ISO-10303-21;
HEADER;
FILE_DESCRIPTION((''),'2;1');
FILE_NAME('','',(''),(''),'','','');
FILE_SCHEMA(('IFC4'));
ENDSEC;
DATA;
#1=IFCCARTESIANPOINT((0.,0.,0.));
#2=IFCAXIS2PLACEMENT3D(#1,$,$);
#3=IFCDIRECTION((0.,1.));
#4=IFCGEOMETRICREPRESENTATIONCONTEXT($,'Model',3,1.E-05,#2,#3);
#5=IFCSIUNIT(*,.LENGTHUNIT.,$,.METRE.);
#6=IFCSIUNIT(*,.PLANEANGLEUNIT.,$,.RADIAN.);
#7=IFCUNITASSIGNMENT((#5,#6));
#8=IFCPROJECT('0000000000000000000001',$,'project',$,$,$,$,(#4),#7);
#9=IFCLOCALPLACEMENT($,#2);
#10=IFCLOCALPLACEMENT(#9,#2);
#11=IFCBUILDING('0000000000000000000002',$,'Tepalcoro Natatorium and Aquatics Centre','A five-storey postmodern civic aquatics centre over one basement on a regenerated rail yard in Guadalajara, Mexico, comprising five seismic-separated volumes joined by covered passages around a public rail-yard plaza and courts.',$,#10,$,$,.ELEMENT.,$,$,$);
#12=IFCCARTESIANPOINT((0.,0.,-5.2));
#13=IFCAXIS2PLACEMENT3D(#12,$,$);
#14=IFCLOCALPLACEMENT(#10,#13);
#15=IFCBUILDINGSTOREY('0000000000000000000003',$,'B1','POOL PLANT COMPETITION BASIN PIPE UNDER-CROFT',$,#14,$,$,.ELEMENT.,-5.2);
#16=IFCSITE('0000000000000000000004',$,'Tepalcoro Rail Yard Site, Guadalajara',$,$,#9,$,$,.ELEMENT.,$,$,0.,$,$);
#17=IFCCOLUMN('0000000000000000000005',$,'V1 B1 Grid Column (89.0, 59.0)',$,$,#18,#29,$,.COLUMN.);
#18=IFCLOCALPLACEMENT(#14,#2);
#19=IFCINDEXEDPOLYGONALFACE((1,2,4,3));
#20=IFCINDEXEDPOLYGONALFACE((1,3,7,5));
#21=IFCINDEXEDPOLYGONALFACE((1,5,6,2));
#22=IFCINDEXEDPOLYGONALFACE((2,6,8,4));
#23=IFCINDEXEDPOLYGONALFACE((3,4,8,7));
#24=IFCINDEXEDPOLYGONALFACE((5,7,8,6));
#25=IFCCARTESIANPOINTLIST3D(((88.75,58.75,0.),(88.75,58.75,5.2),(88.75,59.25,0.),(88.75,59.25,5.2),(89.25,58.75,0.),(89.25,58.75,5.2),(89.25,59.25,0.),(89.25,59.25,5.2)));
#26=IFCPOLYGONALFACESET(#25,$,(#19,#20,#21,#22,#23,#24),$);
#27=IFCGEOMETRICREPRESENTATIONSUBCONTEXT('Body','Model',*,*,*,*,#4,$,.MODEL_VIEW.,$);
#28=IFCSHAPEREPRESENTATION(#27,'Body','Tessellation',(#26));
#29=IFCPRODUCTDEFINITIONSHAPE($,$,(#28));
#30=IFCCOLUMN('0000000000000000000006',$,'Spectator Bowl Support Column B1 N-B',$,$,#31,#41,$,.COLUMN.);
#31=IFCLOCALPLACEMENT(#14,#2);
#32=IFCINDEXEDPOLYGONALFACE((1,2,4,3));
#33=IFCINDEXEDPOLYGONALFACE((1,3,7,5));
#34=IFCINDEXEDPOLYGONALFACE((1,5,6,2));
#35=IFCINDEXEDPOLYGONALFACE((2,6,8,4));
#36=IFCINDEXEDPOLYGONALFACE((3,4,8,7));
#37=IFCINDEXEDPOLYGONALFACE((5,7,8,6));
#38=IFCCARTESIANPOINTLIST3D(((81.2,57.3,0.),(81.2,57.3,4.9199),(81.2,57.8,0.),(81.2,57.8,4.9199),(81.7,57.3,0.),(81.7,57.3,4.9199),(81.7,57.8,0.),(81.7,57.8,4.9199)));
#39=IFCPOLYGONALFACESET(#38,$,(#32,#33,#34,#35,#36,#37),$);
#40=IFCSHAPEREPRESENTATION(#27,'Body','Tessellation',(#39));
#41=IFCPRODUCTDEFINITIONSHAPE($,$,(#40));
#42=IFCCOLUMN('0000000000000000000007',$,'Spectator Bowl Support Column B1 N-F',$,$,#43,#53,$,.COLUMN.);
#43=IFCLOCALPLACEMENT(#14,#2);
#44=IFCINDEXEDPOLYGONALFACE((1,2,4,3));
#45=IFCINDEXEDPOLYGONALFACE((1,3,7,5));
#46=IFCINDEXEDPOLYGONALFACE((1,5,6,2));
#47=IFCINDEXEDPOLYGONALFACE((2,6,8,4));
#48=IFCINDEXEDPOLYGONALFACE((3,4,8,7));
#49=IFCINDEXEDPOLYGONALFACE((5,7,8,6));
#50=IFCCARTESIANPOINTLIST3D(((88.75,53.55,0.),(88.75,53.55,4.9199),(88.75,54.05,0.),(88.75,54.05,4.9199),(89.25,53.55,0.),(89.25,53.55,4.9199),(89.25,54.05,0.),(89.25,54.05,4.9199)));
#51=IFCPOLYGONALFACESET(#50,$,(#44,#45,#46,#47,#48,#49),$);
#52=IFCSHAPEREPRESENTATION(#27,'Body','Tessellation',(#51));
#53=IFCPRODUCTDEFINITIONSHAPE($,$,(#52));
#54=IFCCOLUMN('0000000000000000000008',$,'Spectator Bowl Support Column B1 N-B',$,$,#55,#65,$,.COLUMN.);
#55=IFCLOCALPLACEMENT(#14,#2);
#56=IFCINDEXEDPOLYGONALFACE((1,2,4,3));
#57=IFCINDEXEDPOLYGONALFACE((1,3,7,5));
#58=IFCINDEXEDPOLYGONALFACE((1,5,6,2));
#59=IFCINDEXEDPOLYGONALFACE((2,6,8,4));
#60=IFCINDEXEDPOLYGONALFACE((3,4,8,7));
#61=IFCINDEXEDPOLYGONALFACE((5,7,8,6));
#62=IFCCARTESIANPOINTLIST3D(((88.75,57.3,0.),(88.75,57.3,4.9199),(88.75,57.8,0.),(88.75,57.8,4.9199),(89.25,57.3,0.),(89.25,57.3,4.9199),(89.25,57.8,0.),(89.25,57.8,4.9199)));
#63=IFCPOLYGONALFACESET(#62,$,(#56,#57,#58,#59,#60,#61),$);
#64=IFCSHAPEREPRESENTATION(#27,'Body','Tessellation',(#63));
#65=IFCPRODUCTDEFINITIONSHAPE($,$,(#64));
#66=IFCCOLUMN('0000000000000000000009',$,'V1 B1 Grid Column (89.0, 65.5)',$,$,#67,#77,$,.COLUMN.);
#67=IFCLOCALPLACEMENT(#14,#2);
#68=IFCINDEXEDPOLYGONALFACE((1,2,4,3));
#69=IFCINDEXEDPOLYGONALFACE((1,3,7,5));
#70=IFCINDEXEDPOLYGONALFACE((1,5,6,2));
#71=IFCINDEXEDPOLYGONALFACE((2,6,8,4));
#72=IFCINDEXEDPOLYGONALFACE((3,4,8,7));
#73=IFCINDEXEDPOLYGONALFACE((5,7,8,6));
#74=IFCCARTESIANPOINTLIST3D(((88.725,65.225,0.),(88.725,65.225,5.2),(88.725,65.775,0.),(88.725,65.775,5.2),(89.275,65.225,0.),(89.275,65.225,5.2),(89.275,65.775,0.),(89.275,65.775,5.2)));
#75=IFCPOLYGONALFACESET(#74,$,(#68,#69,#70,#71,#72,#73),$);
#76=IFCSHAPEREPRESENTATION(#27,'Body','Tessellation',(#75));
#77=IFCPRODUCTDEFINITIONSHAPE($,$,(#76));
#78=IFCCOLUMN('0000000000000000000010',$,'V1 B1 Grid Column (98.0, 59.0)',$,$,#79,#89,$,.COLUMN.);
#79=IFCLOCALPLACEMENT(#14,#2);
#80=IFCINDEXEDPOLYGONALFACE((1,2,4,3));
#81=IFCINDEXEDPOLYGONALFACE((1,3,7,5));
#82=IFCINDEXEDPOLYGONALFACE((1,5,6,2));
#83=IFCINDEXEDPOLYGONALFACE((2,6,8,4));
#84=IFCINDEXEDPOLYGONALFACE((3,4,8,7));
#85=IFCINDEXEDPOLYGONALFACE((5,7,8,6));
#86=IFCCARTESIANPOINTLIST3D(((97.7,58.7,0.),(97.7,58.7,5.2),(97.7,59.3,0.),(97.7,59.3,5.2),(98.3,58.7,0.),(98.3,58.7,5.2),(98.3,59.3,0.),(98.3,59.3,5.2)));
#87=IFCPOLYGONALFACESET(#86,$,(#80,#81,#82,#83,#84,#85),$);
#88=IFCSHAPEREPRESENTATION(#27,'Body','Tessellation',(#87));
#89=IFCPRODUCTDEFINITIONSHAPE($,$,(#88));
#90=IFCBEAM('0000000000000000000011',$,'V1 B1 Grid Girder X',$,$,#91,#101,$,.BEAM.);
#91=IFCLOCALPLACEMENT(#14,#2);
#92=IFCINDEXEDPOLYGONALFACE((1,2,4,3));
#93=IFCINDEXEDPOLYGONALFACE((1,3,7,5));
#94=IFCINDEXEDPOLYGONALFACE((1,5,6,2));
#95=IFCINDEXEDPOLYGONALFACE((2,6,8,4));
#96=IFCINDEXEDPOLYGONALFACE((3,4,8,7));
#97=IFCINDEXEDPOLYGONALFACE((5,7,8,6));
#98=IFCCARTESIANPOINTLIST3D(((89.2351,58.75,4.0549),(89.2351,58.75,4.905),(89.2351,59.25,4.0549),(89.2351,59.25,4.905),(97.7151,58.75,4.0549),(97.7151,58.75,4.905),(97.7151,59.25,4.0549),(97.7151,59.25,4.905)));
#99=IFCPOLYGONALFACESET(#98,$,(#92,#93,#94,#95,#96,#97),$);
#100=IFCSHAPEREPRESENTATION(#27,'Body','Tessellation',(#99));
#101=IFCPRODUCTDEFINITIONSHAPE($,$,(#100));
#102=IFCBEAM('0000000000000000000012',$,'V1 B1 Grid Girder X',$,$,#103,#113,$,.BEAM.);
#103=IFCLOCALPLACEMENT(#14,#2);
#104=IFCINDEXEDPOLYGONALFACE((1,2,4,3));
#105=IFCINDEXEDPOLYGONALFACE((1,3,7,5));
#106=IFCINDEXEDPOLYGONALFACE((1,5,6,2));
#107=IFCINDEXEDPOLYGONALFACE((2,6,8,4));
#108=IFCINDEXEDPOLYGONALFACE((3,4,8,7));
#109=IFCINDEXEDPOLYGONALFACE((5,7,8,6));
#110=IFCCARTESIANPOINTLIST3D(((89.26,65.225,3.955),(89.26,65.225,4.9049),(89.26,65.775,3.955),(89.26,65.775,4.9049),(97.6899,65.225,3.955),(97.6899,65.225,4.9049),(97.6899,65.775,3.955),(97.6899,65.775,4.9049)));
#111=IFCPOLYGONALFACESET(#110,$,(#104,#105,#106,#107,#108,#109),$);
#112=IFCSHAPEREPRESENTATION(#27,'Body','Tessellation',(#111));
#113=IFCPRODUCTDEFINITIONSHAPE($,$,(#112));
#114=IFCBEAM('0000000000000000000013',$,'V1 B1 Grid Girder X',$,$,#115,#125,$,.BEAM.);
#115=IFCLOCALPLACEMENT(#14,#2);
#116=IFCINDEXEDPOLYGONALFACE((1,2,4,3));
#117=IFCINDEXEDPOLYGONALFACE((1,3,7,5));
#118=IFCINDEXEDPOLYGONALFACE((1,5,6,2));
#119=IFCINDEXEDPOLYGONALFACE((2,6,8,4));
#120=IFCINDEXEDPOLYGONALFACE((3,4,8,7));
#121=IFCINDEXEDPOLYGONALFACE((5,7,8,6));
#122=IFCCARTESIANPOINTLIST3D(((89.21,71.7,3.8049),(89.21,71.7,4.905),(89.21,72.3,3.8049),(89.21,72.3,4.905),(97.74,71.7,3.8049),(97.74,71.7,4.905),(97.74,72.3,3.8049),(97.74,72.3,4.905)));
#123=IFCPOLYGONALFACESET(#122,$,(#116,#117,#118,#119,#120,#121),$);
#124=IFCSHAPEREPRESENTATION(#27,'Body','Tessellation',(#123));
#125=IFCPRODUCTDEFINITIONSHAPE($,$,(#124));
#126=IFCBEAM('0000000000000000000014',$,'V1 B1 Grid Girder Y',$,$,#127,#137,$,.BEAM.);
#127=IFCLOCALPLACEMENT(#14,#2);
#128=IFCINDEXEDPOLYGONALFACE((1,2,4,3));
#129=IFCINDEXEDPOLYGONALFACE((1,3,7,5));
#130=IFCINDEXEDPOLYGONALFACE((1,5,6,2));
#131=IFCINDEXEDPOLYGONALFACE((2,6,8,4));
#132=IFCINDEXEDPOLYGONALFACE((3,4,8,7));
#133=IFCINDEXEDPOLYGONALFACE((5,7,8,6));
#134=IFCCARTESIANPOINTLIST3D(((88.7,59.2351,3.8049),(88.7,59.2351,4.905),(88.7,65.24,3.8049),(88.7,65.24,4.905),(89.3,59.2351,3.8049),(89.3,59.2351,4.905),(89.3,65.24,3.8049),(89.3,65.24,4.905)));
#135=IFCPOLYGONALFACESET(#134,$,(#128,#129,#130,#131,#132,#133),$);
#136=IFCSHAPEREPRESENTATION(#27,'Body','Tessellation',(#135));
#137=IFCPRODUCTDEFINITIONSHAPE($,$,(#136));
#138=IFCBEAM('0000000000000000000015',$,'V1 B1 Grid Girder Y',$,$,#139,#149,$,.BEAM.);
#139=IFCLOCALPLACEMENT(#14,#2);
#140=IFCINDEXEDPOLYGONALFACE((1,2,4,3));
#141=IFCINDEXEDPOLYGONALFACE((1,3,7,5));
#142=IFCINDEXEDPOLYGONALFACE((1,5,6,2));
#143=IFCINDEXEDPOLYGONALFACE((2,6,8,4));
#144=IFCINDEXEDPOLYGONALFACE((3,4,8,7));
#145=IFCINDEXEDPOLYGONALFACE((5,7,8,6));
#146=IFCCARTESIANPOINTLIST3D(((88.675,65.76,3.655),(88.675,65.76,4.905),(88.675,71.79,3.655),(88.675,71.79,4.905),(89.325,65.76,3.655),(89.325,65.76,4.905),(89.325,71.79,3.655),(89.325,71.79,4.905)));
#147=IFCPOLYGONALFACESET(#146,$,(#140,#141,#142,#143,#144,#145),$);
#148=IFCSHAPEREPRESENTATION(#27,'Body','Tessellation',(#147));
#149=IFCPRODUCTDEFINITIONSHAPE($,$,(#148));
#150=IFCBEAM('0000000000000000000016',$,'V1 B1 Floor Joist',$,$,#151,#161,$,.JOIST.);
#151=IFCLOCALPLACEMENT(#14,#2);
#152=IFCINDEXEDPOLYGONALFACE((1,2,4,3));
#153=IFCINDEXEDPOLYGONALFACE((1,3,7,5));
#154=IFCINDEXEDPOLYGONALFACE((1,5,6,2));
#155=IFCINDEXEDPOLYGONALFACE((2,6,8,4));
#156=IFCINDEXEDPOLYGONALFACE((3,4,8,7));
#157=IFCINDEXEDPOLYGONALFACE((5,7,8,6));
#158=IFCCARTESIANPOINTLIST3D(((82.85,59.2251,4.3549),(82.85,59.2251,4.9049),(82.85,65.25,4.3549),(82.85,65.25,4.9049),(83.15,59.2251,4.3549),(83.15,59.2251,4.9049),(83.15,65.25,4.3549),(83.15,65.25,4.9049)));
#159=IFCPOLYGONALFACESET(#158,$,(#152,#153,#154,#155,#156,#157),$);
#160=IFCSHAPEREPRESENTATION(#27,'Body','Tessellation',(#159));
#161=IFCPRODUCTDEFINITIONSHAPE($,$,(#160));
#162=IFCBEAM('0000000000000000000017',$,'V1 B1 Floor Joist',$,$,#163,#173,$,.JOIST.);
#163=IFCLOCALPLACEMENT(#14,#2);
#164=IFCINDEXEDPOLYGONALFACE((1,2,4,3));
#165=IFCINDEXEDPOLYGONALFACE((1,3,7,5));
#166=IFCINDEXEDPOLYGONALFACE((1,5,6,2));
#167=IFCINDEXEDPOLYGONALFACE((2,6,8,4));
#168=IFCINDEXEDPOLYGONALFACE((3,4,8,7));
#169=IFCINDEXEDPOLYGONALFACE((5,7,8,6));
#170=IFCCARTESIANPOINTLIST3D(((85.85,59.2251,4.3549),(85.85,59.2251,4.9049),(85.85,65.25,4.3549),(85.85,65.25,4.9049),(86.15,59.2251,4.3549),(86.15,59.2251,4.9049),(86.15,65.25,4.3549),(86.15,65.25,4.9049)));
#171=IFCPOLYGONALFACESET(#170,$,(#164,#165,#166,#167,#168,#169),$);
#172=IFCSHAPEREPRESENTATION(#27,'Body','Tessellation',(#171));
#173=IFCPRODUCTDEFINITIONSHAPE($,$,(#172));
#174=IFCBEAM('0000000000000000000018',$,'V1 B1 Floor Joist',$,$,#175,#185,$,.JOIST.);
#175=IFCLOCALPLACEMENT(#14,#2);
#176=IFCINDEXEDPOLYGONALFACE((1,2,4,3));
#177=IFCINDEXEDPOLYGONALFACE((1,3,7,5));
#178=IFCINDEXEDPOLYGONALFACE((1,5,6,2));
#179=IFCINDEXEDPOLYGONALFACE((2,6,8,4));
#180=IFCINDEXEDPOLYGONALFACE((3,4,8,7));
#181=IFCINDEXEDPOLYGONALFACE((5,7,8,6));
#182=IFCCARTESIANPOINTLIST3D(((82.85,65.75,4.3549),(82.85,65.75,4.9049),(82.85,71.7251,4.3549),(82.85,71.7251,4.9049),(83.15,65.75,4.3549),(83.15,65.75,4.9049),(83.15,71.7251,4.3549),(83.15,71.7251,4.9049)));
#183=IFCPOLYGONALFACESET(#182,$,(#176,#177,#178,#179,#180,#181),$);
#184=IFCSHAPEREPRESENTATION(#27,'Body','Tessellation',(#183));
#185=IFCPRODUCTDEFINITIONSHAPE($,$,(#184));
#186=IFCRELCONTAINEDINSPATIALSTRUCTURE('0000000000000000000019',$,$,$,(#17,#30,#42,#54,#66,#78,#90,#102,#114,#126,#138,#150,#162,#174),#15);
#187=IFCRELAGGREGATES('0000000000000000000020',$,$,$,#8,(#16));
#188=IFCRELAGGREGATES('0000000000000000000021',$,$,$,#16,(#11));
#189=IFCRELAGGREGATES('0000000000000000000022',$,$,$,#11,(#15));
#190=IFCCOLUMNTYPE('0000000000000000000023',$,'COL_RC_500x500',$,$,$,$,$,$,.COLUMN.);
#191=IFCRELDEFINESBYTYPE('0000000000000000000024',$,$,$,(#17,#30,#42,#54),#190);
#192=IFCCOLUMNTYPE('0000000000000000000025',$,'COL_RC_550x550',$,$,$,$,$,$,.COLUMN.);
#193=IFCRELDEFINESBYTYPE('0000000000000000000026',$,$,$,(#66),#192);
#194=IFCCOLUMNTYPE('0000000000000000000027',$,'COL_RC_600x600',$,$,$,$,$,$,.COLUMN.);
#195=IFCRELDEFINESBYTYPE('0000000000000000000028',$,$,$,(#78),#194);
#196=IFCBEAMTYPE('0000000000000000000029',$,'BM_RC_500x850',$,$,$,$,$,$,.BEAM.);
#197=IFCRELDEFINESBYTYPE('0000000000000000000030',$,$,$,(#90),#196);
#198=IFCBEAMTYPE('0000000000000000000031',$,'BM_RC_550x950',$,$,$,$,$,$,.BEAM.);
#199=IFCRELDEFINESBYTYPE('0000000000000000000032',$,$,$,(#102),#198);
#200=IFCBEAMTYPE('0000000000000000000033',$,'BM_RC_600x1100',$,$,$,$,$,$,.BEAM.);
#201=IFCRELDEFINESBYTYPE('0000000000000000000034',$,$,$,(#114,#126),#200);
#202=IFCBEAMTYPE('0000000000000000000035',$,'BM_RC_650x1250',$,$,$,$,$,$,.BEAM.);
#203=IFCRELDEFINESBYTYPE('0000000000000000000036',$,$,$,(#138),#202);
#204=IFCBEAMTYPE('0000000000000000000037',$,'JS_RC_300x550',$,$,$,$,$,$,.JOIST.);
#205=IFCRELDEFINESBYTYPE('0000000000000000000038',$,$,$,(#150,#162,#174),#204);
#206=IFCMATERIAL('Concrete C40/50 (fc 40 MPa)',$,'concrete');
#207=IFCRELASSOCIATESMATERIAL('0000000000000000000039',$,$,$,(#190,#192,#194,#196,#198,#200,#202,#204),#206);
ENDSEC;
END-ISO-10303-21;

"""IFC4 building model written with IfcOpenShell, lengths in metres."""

from ifc_helpers import new_model, si_unit, direction, frame, origin, origin_2d, place, context, subcontext, project, spatial, rectangle, extrude, material, material_profile, profile_set, type_object, element, save


model = new_model("IFC4")

# Units and contexts
model_context = context("Model", 3, precision=1e-05, world=origin(), true_north=direction((0.0, 1.0)))
body_context = subcontext(model_context, "Body", "Model", "MODEL_VIEW")
ifc_project = project(units=[si_unit("LENGTHUNIT", "METRE"), si_unit("PLANEANGLEUNIT", "RADIAN")], contexts=[model_context])

# Site, building, storey
site_placement = place(None, origin())
site = spatial("IfcSite", under=ifc_project, at=site_placement, Name="Tepalcoro Rail Yard Site, Guadalajara", CompositionType="ELEMENT", RefElevation=0.0)
building_placement = place(site_placement, origin())
building = spatial("IfcBuilding", under=site, at=building_placement, Name="Tepalcoro Natatorium and Aquatics Centre", Description="A five-storey postmodern civic aquatics centre over one basement on a regenerated rail yard in Guadalajara, Mexico, comprising five seismic-separated volumes joined by covered passages around a public rail-yard plaza and courts.", CompositionType="ELEMENT")
storey_placement = place(building_placement, frame((0.0, 0.0, -5.2)))
storey = spatial("IfcBuildingStorey", under=building, at=storey_placement, Name="B1", Description="POOL PLANT COMPETITION BASIN PIPE UNDER-CROFT", CompositionType="ELEMENT", Elevation=-5.2)

# Shared definitions
ifc_material_1 = material(Name="Concrete C40/50 (fc 40 MPa)", Category="concrete")

# Columns
ifc_material_profile_1 = material_profile(ifc_material_1, rectangle(XDim=0.5, YDim=0.5, at=origin_2d()), Name="RC500x500")
ifc_profile_set_1 = profile_set([ifc_material_profile_1], Name="Concrete C40/50 (fc 40 MPa)")
column_type_1 = type_object("IfcColumnType", Name="COL_RC_500x500", PredefinedType="COLUMN", material=ifc_profile_set_1)
column_1_placement = place(storey_placement, frame((89.0, 59.0, 0.0), z_axis=(0.0, 0.0, 1.0), x_axis=(1.0, 0.0, 0.0)))
element("IfcColumn", 1, at=column_1_placement, inside=storey, type_object=column_type_1, Name="V1 B1 Grid Column (89.0, 59.0)", PredefinedType="COLUMN", context=body_context, shape_type="SweptSolid", body=[
    extrude(rectangle(XDim=0.5, YDim=0.5, at=origin_2d()), origin(), (0.0, 0.0, 1.0), 5.2),
])
for number, where, z_axis, x_axis, name in (
    (2, (81.45, 57.55, 0.0), (0.0, 0.0, 1.0), (1.0, 0.0, 0.0), "Spectator Bowl Support Column B1 N-B"),
    (3, (89.0, 53.8, 0.0), (0.0, 0.0, 1.0), (1.0, 0.0, 0.0), "Spectator Bowl Support Column B1 N-F"),
    (4, (89.0, 57.55, 0.0), (0.0, 0.0, 1.0), (1.0, 0.0, 0.0), "Spectator Bowl Support Column B1 N-B"),
):
    element("IfcColumn", number, at=place(storey_placement, frame(where, z_axis=z_axis, x_axis=x_axis)), inside=storey, type_object=column_type_1, Name=name, PredefinedType="COLUMN", context=body_context, shape_type="SweptSolid", body=[
        extrude(rectangle(XDim=0.5, YDim=0.5, at=origin_2d()), origin(), (0.0, 0.0, 1.0), 4.9199),
    ])
ifc_material_profile_2 = material_profile(ifc_material_1, rectangle(XDim=0.55, YDim=0.55, at=origin_2d()), Name="RC550x550")
ifc_profile_set_2 = profile_set([ifc_material_profile_2], Name="Concrete C40/50 (fc 40 MPa)")
column_type_2 = type_object("IfcColumnType", Name="COL_RC_550x550", PredefinedType="COLUMN", material=ifc_profile_set_2)
column_2_placement = place(storey_placement, frame((89.0, 65.5, 0.0), z_axis=(0.0, 0.0, 1.0), x_axis=(1.0, 0.0, 0.0)))
element("IfcColumn", 5, at=column_2_placement, inside=storey, type_object=column_type_2, Name="V1 B1 Grid Column (89.0, 65.5)", PredefinedType="COLUMN", context=body_context, shape_type="SweptSolid", body=[
    extrude(rectangle(XDim=0.55, YDim=0.55, at=origin_2d()), origin(), (0.0, 0.0, 1.0), 5.2),
])
ifc_material_profile_3 = material_profile(ifc_material_1, rectangle(XDim=0.6001, YDim=0.6001, at=origin_2d()), Name="RC600x600")
ifc_profile_set_3 = profile_set([ifc_material_profile_3], Name="Concrete C40/50 (fc 40 MPa)")
column_type_3 = type_object("IfcColumnType", Name="COL_RC_600x600", PredefinedType="COLUMN", material=ifc_profile_set_3)
column_3_placement = place(storey_placement, frame((98.0, 59.0, 0.0), z_axis=(0.0, 0.0, 1.0), x_axis=(1.0, 0.0, 0.0)))
element("IfcColumn", 6, at=column_3_placement, inside=storey, type_object=column_type_3, Name="V1 B1 Grid Column (98.0, 59.0)", PredefinedType="COLUMN", context=body_context, shape_type="SweptSolid", body=[
    extrude(rectangle(XDim=0.6001, YDim=0.6001, at=origin_2d()), origin(), (0.0, 0.0, 1.0), 5.2),
])

# Beams
ifc_material_profile_4 = material_profile(ifc_material_1, rectangle(XDim=0.5, YDim=0.8501, at=origin_2d()), Name="RCB500x850")
ifc_profile_set_4 = profile_set([ifc_material_profile_4], Name="Concrete C40/50 (fc 40 MPa)")
beam_type_1 = type_object("IfcBeamType", Name="BM_RC_500x850", PredefinedType="BEAM", material=ifc_profile_set_4)
beam_1_placement = place(storey_placement, frame((89.2351, 59.0, 4.48), z_axis=(1.0, 0.0, 0.0), x_axis=(0.0, 1.0, 0.0)))
element("IfcBeam", 7, at=beam_1_placement, inside=storey, type_object=beam_type_1, Name="V1 B1 Grid Girder X", PredefinedType="BEAM", context=body_context, shape_type="SweptSolid", body=[
    extrude(rectangle(XDim=0.5, YDim=0.8501, at=origin_2d()), origin(), (0.0, 0.0, 1.0), 8.48),
])
ifc_material_profile_5 = material_profile(ifc_material_1, rectangle(XDim=0.55, YDim=0.95, at=origin_2d()), Name="RCB550x950")
ifc_profile_set_5 = profile_set([ifc_material_profile_5], Name="Concrete C40/50 (fc 40 MPa)")
beam_type_2 = type_object("IfcBeamType", Name="BM_RC_550x950", PredefinedType="BEAM", material=ifc_profile_set_5)
beam_2_placement = place(storey_placement, frame((89.26, 65.5, 4.4299), z_axis=(1.0, 0.0, 0.0), x_axis=(0.0, 1.0, 0.0)))
element("IfcBeam", 8, at=beam_2_placement, inside=storey, type_object=beam_type_2, Name="V1 B1 Grid Girder X", PredefinedType="BEAM", context=body_context, shape_type="SweptSolid", body=[
    extrude(rectangle(XDim=0.55, YDim=0.95, at=origin_2d()), origin(), (0.0, 0.0, 1.0), 8.4299),
])
ifc_material_profile_6 = material_profile(ifc_material_1, rectangle(XDim=0.6001, YDim=1.1001, at=origin_2d()), Name="RCB600x1100")
ifc_profile_set_6 = profile_set([ifc_material_profile_6], Name="Concrete C40/50 (fc 40 MPa)")
beam_type_3 = type_object("IfcBeamType", Name="BM_RC_600x1100", PredefinedType="BEAM", material=ifc_profile_set_6)
beam_3_placement = place(storey_placement, frame((89.21, 72.0, 4.355), z_axis=(1.0, 0.0, 0.0), x_axis=(0.0, 1.0, 0.0)))
element("IfcBeam", 9, at=beam_3_placement, inside=storey, type_object=beam_type_3, Name="V1 B1 Grid Girder X", PredefinedType="BEAM", context=body_context, shape_type="SweptSolid", body=[
    extrude(rectangle(XDim=0.6001, YDim=1.1001, at=origin_2d()), origin(), (0.0, 0.0, 1.0), 8.53),
])
beam_4_placement = place(storey_placement, frame((89.0, 59.2351, 4.355), z_axis=(0.0, 1.0, 0.0), x_axis=(-1.0, 0.0, 0.0)))
element("IfcBeam", 10, at=beam_4_placement, inside=storey, type_object=beam_type_3, Name="V1 B1 Grid Girder Y", PredefinedType="BEAM", context=body_context, shape_type="SweptSolid", body=[
    extrude(rectangle(XDim=0.6001, YDim=1.1001, at=origin_2d()), origin(), (0.0, 0.0, 1.0), 6.0049),
])
ifc_material_profile_7 = material_profile(ifc_material_1, rectangle(XDim=0.6499, YDim=1.25, at=origin_2d()), Name="RCB650x1250")
ifc_profile_set_7 = profile_set([ifc_material_profile_7], Name="Concrete C40/50 (fc 40 MPa)")
beam_type_4 = type_object("IfcBeamType", Name="BM_RC_650x1250", PredefinedType="BEAM", material=ifc_profile_set_7)
beam_5_placement = place(storey_placement, frame((89.0, 65.76, 4.28), z_axis=(0.0, 1.0, 0.0), x_axis=(-1.0, 0.0, 0.0)))
element("IfcBeam", 11, at=beam_5_placement, inside=storey, type_object=beam_type_4, Name="V1 B1 Grid Girder Y", PredefinedType="BEAM", context=body_context, shape_type="SweptSolid", body=[
    extrude(rectangle(XDim=0.6499, YDim=1.25, at=origin_2d()), origin(), (0.0, 0.0, 1.0), 6.03),
])
ifc_material_profile_8 = material_profile(ifc_material_1, rectangle(XDim=0.3, YDim=0.55, at=origin_2d()), Name="RCJ300x550")
ifc_profile_set_8 = profile_set([ifc_material_profile_8], Name="Concrete C40/50 (fc 40 MPa)")
beam_type_5 = type_object("IfcBeamType", Name="JS_RC_300x550", PredefinedType="JOIST", material=ifc_profile_set_8)
for number, where, z_axis, x_axis, name in (
    (12, (83.0, 59.2251, 4.6299), (0.0, 1.0, 0.0), (-1.0, 0.0, 0.0), "V1 B1 Floor Joist"),
    (13, (86.0, 59.2251, 4.6299), (0.0, 1.0, 0.0), (-1.0, 0.0, 0.0), "V1 B1 Floor Joist"),
):
    element("IfcBeam", number, at=place(storey_placement, frame(where, z_axis=z_axis, x_axis=x_axis)), inside=storey, type_object=beam_type_5, Name=name, PredefinedType="JOIST", context=body_context, shape_type="SweptSolid", body=[
        extrude(rectangle(XDim=0.3, YDim=0.55, at=origin_2d()), origin(), (0.0, 0.0, 1.0), 6.0249),
    ])
for number, where, z_axis, x_axis, name in (
    (14, (83.0, 65.75, 4.6299), (0.0, 1.0, 0.0), (-1.0, 0.0, 0.0), "V1 B1 Floor Joist"),
):
    element("IfcBeam", number, at=place(storey_placement, frame(where, z_axis=z_axis, x_axis=x_axis)), inside=storey, type_object=beam_type_5, Name=name, PredefinedType="JOIST", context=body_context, shape_type="SweptSolid", body=[
        extrude(rectangle(XDim=0.3, YDim=0.55, at=origin_2d()), origin(), (0.0, 0.0, 1.0), 5.9751),
    ])

save(model, "model.ifc")
